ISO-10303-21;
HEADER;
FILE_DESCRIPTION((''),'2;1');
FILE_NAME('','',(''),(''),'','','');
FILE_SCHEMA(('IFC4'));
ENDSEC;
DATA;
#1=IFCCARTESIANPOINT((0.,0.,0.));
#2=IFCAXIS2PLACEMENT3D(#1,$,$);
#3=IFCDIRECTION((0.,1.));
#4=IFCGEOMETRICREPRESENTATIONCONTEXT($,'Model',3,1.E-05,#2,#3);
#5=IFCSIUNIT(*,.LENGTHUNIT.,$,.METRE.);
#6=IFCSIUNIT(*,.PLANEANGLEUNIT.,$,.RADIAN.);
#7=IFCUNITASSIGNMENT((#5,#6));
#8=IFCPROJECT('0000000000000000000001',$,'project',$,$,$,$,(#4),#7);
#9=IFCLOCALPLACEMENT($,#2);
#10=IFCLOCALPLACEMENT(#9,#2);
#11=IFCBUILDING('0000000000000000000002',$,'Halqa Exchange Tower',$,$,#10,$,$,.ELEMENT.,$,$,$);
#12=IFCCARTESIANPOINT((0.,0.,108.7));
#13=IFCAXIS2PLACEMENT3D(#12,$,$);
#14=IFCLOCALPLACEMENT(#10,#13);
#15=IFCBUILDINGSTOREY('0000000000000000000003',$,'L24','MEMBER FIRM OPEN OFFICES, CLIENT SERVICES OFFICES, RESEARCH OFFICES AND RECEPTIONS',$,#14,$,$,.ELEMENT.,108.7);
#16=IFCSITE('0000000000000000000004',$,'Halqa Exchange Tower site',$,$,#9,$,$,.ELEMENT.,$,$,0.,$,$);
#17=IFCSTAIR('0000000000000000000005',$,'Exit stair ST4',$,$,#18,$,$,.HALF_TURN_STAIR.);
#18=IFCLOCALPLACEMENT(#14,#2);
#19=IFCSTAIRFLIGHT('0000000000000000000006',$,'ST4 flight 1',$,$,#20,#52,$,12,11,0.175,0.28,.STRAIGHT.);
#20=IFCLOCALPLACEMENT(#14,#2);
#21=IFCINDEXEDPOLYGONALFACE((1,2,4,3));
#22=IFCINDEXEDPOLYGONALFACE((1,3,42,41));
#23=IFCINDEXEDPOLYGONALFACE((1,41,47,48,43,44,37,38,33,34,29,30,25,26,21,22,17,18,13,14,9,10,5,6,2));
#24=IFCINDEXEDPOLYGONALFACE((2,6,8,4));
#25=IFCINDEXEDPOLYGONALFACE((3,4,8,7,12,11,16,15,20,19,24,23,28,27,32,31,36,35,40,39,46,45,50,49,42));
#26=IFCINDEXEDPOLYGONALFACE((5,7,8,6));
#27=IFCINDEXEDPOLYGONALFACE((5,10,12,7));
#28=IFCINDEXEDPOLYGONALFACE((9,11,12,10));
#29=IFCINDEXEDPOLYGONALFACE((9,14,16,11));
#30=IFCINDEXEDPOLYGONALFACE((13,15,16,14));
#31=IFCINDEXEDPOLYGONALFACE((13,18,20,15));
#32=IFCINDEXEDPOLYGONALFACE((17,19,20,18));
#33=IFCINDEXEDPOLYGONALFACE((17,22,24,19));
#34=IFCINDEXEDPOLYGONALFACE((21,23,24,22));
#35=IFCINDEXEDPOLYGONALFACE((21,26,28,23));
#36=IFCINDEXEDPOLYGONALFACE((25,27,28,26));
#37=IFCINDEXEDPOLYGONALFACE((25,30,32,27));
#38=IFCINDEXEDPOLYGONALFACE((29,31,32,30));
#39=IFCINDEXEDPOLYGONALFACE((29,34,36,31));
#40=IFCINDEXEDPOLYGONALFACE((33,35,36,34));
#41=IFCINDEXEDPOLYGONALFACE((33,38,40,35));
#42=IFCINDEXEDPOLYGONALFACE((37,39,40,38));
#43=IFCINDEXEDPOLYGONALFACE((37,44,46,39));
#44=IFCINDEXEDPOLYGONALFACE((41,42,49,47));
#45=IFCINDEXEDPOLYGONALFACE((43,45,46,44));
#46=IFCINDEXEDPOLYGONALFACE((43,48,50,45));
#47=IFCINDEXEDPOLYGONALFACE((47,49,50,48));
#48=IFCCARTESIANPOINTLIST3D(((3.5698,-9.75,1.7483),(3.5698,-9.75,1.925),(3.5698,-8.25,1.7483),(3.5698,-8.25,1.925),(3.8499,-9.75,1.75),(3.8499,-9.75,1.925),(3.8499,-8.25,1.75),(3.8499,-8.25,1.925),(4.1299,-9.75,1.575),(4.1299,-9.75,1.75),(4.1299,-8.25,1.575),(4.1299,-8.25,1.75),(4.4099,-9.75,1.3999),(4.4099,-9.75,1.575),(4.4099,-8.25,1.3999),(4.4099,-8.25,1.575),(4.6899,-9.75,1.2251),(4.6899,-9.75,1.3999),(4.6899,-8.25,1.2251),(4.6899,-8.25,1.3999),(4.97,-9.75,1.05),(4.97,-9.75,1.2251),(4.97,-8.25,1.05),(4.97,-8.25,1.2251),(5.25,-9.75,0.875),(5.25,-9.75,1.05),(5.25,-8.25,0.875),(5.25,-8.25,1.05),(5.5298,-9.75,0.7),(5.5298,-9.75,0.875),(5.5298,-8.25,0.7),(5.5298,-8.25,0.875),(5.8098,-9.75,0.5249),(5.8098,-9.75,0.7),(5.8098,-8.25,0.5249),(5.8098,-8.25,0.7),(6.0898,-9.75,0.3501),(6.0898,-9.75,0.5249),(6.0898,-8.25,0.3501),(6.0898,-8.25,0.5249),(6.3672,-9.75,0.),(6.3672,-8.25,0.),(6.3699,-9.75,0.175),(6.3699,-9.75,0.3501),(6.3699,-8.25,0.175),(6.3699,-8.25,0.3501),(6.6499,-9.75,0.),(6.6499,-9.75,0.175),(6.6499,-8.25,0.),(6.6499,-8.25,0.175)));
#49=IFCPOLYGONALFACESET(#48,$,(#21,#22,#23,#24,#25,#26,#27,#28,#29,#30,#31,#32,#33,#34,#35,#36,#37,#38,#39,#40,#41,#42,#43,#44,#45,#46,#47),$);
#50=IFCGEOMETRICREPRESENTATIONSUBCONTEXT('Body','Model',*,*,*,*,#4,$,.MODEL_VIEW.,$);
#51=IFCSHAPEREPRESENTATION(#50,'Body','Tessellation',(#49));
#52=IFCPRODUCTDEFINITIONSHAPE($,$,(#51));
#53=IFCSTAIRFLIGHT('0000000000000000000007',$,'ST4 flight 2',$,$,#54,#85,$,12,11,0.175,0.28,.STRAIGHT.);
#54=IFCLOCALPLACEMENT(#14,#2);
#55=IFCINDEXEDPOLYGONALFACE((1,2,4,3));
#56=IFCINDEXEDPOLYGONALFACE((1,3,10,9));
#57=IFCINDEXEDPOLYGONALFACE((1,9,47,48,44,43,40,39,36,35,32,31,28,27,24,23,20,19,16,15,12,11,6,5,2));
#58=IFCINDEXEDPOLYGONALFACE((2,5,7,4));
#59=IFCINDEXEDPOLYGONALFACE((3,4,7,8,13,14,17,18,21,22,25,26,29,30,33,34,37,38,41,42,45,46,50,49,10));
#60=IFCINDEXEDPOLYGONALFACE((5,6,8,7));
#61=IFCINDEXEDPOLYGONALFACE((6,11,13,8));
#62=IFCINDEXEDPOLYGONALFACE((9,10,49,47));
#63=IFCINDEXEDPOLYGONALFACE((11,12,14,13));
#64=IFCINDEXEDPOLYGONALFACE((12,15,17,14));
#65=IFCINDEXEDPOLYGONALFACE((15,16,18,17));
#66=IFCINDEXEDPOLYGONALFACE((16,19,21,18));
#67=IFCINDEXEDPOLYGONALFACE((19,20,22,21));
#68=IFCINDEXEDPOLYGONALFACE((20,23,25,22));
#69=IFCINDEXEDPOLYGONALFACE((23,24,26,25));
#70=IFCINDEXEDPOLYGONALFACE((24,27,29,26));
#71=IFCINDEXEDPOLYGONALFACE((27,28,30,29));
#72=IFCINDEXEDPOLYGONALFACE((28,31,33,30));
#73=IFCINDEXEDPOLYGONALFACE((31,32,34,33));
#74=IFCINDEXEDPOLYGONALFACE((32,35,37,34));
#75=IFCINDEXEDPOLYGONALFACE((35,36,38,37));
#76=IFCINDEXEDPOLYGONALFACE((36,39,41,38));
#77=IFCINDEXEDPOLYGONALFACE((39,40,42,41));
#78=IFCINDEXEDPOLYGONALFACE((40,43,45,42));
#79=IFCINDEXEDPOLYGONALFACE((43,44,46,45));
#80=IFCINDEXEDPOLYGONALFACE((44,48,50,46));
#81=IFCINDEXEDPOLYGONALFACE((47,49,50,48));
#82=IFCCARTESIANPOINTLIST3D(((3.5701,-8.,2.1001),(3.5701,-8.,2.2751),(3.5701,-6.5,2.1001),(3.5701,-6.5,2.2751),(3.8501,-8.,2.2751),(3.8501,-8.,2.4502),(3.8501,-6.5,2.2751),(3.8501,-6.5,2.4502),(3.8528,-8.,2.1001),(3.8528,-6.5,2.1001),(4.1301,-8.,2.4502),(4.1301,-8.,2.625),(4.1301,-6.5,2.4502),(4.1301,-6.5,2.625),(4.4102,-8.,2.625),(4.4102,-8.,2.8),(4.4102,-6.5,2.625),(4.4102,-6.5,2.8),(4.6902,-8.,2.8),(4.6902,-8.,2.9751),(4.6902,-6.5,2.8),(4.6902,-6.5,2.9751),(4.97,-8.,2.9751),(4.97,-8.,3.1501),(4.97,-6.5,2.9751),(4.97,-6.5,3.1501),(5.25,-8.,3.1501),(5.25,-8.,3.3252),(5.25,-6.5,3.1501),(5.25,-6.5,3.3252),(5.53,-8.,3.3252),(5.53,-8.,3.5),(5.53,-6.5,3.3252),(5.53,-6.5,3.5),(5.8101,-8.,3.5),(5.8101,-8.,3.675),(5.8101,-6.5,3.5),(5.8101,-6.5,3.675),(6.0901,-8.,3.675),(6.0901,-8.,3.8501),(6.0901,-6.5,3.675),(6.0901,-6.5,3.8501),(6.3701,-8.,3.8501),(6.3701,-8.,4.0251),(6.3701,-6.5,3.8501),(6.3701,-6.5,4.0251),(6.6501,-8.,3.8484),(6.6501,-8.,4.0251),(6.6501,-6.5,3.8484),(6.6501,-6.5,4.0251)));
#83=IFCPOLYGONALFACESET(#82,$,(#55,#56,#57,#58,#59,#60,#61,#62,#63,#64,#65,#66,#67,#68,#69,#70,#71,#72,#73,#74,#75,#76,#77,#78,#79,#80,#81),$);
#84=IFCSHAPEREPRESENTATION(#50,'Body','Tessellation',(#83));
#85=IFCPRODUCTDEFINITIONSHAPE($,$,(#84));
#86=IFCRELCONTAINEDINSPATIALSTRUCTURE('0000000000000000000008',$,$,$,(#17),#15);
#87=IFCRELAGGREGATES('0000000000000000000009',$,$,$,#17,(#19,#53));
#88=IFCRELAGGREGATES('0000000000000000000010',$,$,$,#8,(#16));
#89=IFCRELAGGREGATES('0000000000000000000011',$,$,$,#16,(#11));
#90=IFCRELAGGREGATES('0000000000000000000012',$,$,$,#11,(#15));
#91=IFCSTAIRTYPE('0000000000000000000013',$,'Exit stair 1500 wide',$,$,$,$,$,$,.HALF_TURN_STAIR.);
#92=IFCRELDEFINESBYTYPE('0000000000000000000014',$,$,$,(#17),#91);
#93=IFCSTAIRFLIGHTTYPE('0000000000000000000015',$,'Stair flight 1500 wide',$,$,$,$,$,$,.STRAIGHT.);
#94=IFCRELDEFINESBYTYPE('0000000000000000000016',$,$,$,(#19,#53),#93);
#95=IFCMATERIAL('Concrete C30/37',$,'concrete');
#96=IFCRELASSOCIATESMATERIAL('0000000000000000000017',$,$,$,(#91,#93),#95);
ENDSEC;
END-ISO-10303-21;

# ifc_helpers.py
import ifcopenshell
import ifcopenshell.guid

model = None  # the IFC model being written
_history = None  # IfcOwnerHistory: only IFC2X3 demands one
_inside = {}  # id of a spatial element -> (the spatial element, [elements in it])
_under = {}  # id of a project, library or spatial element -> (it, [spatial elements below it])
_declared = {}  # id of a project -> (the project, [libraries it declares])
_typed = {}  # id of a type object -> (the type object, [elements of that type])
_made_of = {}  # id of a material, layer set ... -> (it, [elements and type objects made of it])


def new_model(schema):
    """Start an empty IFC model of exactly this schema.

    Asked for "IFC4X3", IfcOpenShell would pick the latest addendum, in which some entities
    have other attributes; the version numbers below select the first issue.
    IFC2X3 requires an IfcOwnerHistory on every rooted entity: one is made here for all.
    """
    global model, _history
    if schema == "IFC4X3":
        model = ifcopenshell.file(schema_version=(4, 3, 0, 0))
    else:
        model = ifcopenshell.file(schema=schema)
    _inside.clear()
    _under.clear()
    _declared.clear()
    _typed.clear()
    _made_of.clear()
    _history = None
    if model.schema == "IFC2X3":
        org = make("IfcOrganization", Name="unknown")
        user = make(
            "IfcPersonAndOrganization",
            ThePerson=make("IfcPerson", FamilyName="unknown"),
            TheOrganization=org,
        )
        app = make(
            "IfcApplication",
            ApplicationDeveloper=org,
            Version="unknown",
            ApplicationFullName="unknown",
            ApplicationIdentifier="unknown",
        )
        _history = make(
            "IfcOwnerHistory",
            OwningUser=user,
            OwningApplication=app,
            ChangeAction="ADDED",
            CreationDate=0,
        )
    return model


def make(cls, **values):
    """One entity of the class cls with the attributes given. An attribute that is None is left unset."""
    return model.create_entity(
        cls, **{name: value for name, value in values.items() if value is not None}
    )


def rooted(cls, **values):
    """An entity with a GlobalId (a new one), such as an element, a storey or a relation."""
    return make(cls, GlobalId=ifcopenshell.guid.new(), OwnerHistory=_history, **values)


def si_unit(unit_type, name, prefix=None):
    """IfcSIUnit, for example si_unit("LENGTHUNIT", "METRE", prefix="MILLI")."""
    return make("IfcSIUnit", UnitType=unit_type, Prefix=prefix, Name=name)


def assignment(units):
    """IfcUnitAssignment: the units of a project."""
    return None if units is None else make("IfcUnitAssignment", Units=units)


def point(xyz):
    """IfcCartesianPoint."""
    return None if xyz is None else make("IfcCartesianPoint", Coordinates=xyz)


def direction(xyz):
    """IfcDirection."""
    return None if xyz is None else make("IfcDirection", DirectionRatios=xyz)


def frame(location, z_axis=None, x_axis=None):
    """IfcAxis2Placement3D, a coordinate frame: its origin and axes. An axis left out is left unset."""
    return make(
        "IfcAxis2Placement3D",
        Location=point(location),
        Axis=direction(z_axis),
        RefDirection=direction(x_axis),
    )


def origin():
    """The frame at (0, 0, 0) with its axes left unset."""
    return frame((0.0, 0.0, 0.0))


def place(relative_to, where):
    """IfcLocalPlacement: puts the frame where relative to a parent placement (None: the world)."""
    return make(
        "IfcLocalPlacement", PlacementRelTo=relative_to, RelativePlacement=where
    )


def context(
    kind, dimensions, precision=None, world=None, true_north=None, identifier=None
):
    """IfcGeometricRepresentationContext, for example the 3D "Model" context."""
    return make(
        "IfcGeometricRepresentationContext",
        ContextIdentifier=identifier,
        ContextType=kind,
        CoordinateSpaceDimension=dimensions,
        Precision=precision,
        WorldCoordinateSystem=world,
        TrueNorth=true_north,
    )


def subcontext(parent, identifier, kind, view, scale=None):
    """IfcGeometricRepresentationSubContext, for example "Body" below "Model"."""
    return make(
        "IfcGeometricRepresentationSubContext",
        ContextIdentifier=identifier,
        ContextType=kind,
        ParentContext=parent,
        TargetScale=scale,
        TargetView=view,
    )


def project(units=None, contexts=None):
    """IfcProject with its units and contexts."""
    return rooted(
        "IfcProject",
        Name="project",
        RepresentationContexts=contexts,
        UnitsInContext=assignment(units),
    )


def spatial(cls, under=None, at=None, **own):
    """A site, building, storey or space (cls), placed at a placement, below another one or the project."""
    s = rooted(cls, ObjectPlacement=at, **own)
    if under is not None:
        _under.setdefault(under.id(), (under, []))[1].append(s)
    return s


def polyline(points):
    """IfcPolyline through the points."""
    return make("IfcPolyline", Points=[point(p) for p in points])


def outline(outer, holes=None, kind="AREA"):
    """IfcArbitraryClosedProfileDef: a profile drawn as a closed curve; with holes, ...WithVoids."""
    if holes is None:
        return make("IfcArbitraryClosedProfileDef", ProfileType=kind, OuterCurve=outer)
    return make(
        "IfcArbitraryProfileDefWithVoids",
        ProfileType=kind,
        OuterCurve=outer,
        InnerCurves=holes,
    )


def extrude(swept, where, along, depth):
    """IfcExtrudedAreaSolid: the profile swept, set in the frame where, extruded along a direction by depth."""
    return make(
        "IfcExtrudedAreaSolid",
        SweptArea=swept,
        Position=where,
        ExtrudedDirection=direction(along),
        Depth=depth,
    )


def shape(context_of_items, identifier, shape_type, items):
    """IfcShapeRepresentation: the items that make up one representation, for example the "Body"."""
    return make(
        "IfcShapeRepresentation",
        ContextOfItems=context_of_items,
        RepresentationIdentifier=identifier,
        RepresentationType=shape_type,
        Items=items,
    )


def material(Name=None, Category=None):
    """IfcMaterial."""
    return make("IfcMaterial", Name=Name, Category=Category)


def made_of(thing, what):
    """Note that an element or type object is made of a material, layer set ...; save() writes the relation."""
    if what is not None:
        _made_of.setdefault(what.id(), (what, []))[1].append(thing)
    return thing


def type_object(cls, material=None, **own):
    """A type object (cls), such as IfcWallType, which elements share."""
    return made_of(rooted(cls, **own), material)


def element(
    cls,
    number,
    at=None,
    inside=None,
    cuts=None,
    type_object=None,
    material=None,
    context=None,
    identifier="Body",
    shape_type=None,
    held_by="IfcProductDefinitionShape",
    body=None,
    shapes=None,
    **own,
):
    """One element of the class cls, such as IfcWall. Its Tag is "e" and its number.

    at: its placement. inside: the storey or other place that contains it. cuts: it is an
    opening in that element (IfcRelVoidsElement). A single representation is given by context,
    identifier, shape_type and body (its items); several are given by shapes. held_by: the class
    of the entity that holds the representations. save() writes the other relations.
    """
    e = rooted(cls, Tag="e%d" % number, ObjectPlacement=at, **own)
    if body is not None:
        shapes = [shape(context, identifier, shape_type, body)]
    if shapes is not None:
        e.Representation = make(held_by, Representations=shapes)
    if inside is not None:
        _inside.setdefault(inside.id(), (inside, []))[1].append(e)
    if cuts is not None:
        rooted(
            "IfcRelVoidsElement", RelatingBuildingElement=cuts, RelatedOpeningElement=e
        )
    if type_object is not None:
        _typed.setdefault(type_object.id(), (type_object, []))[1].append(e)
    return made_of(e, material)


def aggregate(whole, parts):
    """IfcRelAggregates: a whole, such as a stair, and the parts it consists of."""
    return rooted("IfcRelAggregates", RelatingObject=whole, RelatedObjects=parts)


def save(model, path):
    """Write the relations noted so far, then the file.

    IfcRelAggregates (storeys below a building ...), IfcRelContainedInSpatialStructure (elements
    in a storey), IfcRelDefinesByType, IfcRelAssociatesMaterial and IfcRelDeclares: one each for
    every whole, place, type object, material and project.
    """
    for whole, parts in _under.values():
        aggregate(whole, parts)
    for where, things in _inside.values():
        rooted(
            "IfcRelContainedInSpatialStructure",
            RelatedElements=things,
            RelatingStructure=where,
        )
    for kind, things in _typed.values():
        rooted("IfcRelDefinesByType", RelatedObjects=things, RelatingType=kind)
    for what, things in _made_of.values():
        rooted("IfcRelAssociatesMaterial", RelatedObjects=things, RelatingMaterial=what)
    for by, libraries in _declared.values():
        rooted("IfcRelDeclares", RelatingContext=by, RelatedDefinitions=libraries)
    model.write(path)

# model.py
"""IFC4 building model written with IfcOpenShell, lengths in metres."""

from ifc_helpers import new_model, si_unit, direction, frame, origin, place, context, subcontext, project, spatial, polyline, outline, extrude, material, type_object, element, aggregate, save


model = new_model("IFC4")

# Units and contexts
model_context = context("Model", 3, precision=1e-05, world=origin(), true_north=direction((0.0, 1.0)))
body_context = subcontext(model_context, "Body", "Model", "MODEL_VIEW")
ifc_project = project(units=[si_unit("LENGTHUNIT", "METRE"), si_unit("PLANEANGLEUNIT", "RADIAN")], contexts=[model_context])

# Site, building, storey
site_placement = place(None, origin())
site = spatial("IfcSite", under=ifc_project, at=site_placement, Name="Halqa Exchange Tower site", CompositionType="ELEMENT", RefElevation=0.0)
building_placement = place(site_placement, origin())
building = spatial("IfcBuilding", under=site, at=building_placement, Name="Halqa Exchange Tower", CompositionType="ELEMENT")
storey_placement = place(building_placement, frame((0.0, 0.0, 108.7)))
storey = spatial("IfcBuildingStorey", under=building, at=storey_placement, Name="L24", Description="MEMBER FIRM OPEN OFFICES, CLIENT SERVICES OFFICES, RESEARCH OFFICES AND RECEPTIONS", CompositionType="ELEMENT", Elevation=108.7)

# Shared definitions
ifc_material_1 = material(Name="Concrete C30/37", Category="concrete")

# Stair, stair flights
stair_type = type_object("IfcStairType", Name="Exit stair 1500 wide", PredefinedType="HALF_TURN_STAIR", material=ifc_material_1)
stair_placement = place(storey_placement, origin())
stair = element("IfcStair", 1, at=stair_placement, inside=storey, type_object=stair_type, Name="Exit stair ST4", PredefinedType="HALF_TURN_STAIR")
stair_flight_type = type_object("IfcStairFlightType", Name="Stair flight 1500 wide", PredefinedType="STRAIGHT", material=ifc_material_1)
stair_flight_1_placement = place(storey_placement, frame((6.6499, -9.0, 0.0), z_axis=(0.0, 0.0, 1.0), x_axis=(-1.0, 0.0, 0.0)))
stair_flight_1 = element("IfcStairFlight", 2, at=stair_flight_1_placement, type_object=stair_flight_type, Name="ST4 flight 1", NumberOfRisers=12, NumberOfTreads=11, PredefinedType="STRAIGHT", RiserHeight=0.175, TreadLength=0.28, context=body_context, shape_type="SweptSolid", body=[
    extrude(outline(polyline([(0.0, 0.0), (0.0, 0.175), (0.28, 0.175), (0.28, 0.3501), (0.5601, 0.3501), (0.5601, 0.5249), (0.8401, 0.5249), (0.8401, 0.7), (1.1201, 0.7), (1.1201, 0.875), (1.3999, 0.875), (1.3999, 1.05), (1.6799, 1.05), (1.6799, 1.2251), (1.96, 1.2251), (1.96, 1.3999), (2.24, 1.3999), (2.24, 1.575), (2.52, 1.575), (2.52, 1.75), (2.8, 1.75), (2.8, 1.925), (3.0801, 1.925), (3.0801, 2.1001), (3.0801, 1.7483), (0.2827, 0.0), (0.0, 0.0)])), frame((0.0, 0.75, 0.0), z_axis=(0.0, -1.0, 0.0), x_axis=(1.0, 0.0, 0.0)), (0.0, 0.0, 1.0), 1.5),
])
stair_flight_2_placement = place(storey_placement, frame((3.5701, -7.25, 2.1001), z_axis=(0.0, 0.0, 1.0), x_axis=(1.0, 0.0, 0.0)))
stair_flight_2 = element("IfcStairFlight", 3, at=stair_flight_2_placement, type_object=stair_flight_type, Name="ST4 flight 2", NumberOfRisers=12, NumberOfTreads=11, PredefinedType="STRAIGHT", RiserHeight=0.175, TreadLength=0.28, context=body_context, shape_type="SweptSolid", body=[
    extrude(outline(polyline([(0.0, 0.0), (0.0, 0.175), (0.28, 0.175), (0.28, 0.3501), (0.5601, 0.3501), (0.5601, 0.5249), (0.8401, 0.5249), (0.8401, 0.7), (1.1201, 0.7), (1.1201, 0.875), (1.3999, 0.875), (1.3999, 1.05), (1.6799, 1.05), (1.6799, 1.2251), (1.96, 1.2251), (1.96, 1.3999), (2.24, 1.3999), (2.24, 1.575), (2.52, 1.575), (2.52, 1.75), (2.8, 1.75), (2.8, 1.925), (3.0801, 1.925), (3.0801, 2.1001), (3.0801, 1.7483), (0.2827, 0.0), (0.0, 0.0)])), frame((0.0, 0.75, 0.0), z_axis=(0.0, -1.0, 0.0), x_axis=(1.0, 0.0, 0.0)), (0.0, 0.0, 1.0), 1.5),
])
aggregate(stair, [stair_flight_1, stair_flight_2])

save(model, "model.ifc")
